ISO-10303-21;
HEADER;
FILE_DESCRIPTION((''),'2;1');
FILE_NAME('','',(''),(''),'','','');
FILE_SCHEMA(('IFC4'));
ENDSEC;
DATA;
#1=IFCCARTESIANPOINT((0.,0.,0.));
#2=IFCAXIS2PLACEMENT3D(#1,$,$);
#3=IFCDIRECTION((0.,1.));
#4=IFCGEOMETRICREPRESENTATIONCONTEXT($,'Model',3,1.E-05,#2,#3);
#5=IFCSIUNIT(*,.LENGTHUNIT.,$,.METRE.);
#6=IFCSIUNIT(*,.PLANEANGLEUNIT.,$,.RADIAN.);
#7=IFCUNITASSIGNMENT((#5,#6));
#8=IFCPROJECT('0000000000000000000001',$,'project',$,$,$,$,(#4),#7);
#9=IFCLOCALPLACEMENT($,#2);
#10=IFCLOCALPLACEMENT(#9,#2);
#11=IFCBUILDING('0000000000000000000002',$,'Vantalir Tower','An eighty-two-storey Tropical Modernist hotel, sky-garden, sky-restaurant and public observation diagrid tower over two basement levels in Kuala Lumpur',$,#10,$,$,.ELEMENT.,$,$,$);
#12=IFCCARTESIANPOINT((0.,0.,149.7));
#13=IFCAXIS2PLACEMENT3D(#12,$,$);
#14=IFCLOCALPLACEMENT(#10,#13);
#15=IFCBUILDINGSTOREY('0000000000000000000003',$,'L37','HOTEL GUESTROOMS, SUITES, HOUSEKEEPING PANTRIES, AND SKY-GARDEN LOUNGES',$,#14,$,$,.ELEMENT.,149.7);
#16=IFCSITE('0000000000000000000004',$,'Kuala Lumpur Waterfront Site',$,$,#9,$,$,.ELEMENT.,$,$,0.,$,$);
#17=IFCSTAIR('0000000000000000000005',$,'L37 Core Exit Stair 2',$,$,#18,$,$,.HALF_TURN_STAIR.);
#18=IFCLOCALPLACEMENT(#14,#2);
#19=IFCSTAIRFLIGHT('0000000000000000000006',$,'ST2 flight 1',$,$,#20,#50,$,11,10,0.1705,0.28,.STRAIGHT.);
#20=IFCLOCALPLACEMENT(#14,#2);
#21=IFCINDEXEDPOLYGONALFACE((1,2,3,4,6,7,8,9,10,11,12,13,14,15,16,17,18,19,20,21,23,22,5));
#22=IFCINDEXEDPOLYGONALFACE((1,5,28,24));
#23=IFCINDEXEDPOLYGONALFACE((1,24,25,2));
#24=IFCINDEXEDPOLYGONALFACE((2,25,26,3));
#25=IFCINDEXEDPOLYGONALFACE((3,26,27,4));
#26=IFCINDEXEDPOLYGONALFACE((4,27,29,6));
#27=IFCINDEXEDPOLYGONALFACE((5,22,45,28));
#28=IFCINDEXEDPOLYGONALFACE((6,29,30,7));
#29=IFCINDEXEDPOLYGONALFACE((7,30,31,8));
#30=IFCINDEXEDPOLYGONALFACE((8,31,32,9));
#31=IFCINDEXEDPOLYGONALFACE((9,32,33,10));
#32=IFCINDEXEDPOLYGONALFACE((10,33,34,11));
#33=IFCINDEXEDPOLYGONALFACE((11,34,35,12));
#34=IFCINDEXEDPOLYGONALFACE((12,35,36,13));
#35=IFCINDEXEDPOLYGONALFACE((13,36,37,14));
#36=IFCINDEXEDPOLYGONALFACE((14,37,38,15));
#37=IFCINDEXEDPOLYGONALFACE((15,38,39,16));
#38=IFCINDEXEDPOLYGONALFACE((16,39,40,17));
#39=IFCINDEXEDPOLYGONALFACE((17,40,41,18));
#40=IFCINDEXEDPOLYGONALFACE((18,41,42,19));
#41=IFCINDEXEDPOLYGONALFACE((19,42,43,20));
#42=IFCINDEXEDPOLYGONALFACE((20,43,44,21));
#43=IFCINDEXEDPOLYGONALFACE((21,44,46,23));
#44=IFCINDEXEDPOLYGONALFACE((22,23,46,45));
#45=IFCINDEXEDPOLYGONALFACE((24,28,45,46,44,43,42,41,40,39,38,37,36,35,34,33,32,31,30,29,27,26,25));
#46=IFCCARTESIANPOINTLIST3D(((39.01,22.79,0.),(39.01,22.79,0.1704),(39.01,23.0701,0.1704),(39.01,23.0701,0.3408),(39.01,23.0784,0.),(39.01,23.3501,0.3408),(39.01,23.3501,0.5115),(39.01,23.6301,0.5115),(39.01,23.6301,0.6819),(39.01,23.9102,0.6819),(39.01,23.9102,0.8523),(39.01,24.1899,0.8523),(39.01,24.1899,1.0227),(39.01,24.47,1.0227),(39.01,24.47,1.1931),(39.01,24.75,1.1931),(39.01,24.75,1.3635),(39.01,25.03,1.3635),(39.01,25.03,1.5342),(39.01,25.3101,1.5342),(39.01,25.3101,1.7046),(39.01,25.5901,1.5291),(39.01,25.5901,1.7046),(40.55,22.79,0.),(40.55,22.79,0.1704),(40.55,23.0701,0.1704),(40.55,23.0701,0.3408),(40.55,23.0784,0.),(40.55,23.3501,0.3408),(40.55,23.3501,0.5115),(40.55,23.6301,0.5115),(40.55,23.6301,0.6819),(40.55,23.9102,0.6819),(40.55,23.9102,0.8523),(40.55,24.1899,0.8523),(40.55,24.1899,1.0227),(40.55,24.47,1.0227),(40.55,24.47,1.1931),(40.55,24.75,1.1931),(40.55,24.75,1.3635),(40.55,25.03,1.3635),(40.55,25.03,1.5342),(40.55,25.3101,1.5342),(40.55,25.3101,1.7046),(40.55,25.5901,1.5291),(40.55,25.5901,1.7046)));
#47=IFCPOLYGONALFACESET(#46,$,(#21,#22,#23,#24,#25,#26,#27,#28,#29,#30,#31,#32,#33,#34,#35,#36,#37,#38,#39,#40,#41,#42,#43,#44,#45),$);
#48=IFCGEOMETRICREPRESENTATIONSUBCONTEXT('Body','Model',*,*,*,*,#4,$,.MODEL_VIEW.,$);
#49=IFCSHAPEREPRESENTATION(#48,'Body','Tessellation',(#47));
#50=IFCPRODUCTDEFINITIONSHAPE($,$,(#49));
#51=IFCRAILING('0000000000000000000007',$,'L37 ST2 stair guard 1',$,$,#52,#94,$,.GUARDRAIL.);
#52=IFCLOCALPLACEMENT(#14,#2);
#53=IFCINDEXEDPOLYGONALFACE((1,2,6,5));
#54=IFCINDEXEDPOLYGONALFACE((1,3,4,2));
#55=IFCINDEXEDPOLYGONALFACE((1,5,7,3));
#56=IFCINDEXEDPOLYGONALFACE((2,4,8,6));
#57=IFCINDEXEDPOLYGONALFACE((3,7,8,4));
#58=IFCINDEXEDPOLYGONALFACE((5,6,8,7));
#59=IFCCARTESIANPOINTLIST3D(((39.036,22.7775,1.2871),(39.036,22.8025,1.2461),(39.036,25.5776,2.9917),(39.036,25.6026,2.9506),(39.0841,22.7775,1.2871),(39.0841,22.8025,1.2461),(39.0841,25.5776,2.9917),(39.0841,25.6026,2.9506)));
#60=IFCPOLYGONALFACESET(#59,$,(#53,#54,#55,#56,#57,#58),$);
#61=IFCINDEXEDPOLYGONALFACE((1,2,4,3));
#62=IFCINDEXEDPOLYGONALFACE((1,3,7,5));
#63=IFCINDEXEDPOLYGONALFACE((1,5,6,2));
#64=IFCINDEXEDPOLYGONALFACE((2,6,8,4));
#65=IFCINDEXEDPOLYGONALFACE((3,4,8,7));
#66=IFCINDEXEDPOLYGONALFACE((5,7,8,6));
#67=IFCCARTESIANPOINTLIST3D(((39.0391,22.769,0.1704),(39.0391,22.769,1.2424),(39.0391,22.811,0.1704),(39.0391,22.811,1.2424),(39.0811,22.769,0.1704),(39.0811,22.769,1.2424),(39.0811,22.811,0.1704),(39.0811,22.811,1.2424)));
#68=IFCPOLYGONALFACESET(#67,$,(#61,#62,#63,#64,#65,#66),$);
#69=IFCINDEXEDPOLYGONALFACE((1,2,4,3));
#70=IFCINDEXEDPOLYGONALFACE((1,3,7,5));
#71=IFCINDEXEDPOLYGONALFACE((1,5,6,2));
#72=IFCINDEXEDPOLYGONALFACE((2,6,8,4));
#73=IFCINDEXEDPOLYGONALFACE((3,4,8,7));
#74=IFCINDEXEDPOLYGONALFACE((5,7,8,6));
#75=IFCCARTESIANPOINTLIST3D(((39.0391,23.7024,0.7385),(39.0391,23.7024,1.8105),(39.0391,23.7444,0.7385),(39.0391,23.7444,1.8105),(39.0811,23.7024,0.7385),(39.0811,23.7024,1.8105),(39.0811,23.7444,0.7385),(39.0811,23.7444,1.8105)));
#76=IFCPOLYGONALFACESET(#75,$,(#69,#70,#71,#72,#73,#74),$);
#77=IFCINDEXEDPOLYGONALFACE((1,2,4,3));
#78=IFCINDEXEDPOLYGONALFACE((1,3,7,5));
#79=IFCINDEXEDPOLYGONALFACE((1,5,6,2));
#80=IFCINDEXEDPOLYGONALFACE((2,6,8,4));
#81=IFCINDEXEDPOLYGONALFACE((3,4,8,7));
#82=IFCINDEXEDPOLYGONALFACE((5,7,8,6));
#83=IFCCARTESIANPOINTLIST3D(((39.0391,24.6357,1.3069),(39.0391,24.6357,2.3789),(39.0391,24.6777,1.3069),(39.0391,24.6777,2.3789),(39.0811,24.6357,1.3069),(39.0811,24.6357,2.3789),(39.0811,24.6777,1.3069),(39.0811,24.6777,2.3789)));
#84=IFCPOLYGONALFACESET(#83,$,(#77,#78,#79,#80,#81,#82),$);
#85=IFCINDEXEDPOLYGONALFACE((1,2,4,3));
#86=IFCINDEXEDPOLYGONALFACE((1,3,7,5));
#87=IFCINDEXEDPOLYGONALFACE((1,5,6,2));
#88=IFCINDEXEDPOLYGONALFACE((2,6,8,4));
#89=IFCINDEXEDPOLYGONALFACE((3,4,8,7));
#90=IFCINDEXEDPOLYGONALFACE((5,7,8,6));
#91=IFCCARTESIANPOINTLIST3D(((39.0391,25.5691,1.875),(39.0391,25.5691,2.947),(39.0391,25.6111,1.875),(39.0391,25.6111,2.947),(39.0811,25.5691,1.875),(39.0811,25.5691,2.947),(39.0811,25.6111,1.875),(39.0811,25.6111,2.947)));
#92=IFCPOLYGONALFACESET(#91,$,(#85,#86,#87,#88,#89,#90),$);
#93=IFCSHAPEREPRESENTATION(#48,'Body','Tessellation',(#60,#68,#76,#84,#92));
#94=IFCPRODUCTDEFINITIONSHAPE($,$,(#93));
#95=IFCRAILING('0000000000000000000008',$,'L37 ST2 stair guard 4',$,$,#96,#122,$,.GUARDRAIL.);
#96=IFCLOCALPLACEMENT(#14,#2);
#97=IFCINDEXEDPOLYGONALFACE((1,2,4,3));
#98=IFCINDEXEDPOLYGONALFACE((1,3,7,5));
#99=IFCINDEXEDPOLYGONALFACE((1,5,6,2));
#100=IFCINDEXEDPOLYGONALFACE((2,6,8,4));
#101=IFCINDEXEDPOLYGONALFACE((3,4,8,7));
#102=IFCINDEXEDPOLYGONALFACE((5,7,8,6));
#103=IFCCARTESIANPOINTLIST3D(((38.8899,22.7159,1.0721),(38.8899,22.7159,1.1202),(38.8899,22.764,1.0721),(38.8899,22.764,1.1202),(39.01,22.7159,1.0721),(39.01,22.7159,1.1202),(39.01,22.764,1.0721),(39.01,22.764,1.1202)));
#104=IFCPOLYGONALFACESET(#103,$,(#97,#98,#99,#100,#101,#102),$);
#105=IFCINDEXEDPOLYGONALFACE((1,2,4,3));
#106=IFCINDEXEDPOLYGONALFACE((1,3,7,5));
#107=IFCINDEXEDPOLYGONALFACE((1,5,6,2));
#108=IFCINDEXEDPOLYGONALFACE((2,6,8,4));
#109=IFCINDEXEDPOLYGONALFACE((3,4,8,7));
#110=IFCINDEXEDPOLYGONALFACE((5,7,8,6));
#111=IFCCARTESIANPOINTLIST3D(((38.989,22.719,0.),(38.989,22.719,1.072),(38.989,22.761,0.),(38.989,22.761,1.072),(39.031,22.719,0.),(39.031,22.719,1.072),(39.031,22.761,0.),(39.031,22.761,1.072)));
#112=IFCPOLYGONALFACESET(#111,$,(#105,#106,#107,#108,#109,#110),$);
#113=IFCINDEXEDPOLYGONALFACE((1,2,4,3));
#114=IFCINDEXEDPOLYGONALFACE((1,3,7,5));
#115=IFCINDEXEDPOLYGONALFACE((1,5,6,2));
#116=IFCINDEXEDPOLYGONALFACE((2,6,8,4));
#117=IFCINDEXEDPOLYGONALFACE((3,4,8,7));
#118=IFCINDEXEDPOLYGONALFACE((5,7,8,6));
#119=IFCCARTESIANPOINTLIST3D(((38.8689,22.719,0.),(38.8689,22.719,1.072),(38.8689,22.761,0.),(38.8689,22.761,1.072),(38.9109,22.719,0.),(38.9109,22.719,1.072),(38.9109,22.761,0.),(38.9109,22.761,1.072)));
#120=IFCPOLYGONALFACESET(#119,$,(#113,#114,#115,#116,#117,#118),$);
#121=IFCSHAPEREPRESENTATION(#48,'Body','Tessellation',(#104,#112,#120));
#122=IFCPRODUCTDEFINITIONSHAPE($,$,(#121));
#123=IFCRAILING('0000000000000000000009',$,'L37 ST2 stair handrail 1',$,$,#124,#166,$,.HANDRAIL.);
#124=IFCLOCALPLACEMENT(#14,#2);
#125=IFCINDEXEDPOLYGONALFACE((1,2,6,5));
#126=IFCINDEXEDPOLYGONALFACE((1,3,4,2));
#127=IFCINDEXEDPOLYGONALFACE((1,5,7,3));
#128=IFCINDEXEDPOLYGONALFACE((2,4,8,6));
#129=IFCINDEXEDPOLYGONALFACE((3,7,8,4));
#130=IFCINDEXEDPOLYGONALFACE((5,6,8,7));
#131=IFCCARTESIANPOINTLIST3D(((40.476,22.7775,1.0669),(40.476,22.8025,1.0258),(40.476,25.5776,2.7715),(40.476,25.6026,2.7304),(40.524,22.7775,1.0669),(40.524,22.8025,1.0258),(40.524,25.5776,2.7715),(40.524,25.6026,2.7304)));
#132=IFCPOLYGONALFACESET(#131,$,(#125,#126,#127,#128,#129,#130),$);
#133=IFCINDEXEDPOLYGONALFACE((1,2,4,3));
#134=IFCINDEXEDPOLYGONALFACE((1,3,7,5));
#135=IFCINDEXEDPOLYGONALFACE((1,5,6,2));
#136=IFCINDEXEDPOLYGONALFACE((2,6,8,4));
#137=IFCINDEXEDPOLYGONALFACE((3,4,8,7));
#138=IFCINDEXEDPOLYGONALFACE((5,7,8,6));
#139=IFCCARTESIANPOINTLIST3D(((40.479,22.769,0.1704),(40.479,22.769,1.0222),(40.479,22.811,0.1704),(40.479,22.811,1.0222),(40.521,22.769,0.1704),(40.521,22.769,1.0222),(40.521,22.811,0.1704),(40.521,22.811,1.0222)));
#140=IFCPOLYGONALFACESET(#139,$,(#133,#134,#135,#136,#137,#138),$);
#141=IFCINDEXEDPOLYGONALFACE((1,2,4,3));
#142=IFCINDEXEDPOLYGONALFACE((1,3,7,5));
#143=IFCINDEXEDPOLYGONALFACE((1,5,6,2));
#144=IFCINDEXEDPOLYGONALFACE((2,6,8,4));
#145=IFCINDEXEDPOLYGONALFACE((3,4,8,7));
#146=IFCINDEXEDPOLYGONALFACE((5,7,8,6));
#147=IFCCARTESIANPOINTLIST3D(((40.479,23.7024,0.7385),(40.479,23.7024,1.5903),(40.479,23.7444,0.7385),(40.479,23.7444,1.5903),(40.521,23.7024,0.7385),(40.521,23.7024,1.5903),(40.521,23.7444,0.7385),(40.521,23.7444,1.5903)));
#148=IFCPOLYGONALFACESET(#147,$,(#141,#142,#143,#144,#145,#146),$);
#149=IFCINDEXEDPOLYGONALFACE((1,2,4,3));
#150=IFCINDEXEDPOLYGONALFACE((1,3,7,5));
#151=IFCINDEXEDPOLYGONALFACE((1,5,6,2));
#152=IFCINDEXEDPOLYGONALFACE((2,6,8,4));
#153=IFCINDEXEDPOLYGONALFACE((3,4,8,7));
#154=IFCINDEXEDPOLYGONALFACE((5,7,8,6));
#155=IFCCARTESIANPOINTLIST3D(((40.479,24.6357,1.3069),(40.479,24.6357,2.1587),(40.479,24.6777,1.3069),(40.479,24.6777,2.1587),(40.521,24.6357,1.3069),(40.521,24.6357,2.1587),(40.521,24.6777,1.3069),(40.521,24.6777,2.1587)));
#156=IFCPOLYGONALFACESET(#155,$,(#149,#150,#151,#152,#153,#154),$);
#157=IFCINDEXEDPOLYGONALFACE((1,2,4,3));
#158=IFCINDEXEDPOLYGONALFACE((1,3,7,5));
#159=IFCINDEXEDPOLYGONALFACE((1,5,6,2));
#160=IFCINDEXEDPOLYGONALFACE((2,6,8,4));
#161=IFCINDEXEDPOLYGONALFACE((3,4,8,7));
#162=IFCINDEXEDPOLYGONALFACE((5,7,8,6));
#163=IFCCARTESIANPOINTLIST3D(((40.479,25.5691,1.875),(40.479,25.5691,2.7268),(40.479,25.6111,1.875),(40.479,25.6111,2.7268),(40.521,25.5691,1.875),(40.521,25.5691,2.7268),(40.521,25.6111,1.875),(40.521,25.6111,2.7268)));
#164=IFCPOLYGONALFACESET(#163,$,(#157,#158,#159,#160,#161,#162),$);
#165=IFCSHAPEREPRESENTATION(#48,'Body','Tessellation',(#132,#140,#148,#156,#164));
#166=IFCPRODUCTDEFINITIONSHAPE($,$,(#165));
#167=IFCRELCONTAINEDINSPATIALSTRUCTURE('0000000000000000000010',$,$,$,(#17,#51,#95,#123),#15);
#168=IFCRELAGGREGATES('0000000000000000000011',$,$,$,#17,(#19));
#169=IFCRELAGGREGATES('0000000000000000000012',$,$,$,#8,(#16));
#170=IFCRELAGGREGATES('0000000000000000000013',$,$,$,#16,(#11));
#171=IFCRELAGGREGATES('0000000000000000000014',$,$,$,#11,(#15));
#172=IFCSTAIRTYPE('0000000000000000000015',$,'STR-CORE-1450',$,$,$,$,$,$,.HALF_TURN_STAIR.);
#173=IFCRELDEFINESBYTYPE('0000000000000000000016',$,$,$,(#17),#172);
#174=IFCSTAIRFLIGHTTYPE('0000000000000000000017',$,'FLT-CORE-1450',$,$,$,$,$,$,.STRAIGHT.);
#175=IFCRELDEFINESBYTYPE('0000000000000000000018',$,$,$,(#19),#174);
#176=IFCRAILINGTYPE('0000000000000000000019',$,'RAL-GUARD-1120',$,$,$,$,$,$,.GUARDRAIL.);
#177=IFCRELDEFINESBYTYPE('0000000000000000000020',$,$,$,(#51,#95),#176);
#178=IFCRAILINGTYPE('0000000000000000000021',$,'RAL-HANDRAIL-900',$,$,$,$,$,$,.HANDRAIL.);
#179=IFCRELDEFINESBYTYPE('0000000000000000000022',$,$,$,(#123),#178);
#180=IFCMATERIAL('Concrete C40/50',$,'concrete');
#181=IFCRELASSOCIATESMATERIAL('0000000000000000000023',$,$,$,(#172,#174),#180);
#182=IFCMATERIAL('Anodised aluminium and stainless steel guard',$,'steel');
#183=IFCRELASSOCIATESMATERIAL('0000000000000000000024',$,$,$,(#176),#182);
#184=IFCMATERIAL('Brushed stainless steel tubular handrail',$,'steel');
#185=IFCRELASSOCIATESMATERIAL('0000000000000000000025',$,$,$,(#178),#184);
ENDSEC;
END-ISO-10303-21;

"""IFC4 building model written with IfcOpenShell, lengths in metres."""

from ifc_helpers import new_model, si_unit, direction, frame, origin, origin_2d, place, context, subcontext, project, spatial, polyline, rectangle, outline, extrude, material, type_object, element, aggregate, save


model = new_model("IFC4")

# Units and contexts
model_context = context("Model", 3, precision=1e-05, world=origin(), true_north=direction((0.0, 1.0)))
body_context = subcontext(model_context, "Body", "Model", "MODEL_VIEW")
ifc_project = project(units=[si_unit("LENGTHUNIT", "METRE"), si_unit("PLANEANGLEUNIT", "RADIAN")], contexts=[model_context])

# Site, building, storey
site_placement = place(None, origin())
site = spatial("IfcSite", under=ifc_project, at=site_placement, Name="Kuala Lumpur Waterfront Site", CompositionType="ELEMENT", RefElevation=0.0)
building_placement = place(site_placement, origin())
building = spatial("IfcBuilding", under=site, at=building_placement, Name="Vantalir Tower", Description="An eighty-two-storey Tropical Modernist hotel, sky-garden, sky-restaurant and public observation diagrid tower over two basement levels in Kuala Lumpur", CompositionType="ELEMENT")
storey_placement = place(building_placement, frame((0.0, 0.0, 149.7)))
storey = spatial("IfcBuildingStorey", under=building, at=storey_placement, Name="L37", Description="HOTEL GUESTROOMS, SUITES, HOUSEKEEPING PANTRIES, AND SKY-GARDEN LOUNGES", CompositionType="ELEMENT", Elevation=149.7)

# Stair, stair flight
ifc_material_1 = material(Name="Concrete C40/50", Category="concrete")
stair_type = type_object("IfcStairType", Name="STR-CORE-1450", PredefinedType="HALF_TURN_STAIR", material=ifc_material_1)
stair_placement = place(storey_placement, origin())
stair = element("IfcStair", 1, at=stair_placement, inside=storey, type_object=stair_type, Name="L37 Core Exit Stair 2", PredefinedType="HALF_TURN_STAIR")
stair_flight_type = type_object("IfcStairFlightType", Name="FLT-CORE-1450", PredefinedType="STRAIGHT", material=ifc_material_1)
stair_flight_placement = place(storey_placement, frame((39.78, 22.79, 0.0), z_axis=(0.0, 0.0, 1.0), x_axis=(0.0, 1.0, 0.0)))
stair_flight = element("IfcStairFlight", 2, at=stair_flight_placement, type_object=stair_flight_type, Name="ST2 flight 1", NumberOfRisers=11, NumberOfTreads=10, PredefinedType="STRAIGHT", RiserHeight=0.1705, TreadLength=0.28, context=body_context, shape_type="SweptSolid", body=[
    extrude(outline(polyline([(0.0, 0.0), (0.0, 0.1704), (0.28, 0.1704), (0.28, 0.3408), (0.5601, 0.3408), (0.5601, 0.5115), (0.8401, 0.5115), (0.8401, 0.6819), (1.1201, 0.6819), (1.1201, 0.8523), (1.3999, 0.8523), (1.3999, 1.0227), (1.6799, 1.0227), (1.6799, 1.1931), (1.96, 1.1931), (1.96, 1.3635), (2.24, 1.3635), (2.24, 1.5342), (2.52, 1.5342), (2.52, 1.7046), (2.8, 1.7046), (2.8, 1.875), (2.8, 1.5291), (0.2883, 0.0), (0.0, 0.0)])), frame((0.0, 0.77, 0.0), z_axis=(0.0, -1.0, 0.0), x_axis=(1.0, 0.0, 0.0)), (0.0, 0.0, 1.0), 1.54),
])
aggregate(stair, [stair_flight])

# Railings
ifc_material_2 = material(Name="Anodised aluminium and stainless steel guard", Category="steel")
railing_type_1 = type_object("IfcRailingType", Name="RAL-GUARD-1120", PredefinedType="GUARDRAIL", material=ifc_material_2)
railing_1_placement = place(storey_placement, frame((39.0601, 22.79, 0.1704)))
element("IfcRailing", 3, at=railing_1_placement, inside=storey, type_object=railing_type_1, Name="L37 ST2 stair guard 1", PredefinedType="GUARDRAIL", context=body_context, shape_type="SweptSolid", body=[
    extrude(rectangle(XDim=0.0481, YDim=0.0481, at=origin_2d()), frame((0.0, 0.0, 1.0962), z_axis=(0.0, 0.85417, 0.519994), x_axis=(-1.0, 0.0, 0.0)), (0.0, 0.0, 1.0), 3.2781),
    extrude(rectangle(XDim=0.042, YDim=0.042, at=origin_2d()), origin(), (0.0, 0.0, 1.0), 1.072),
    extrude(rectangle(XDim=0.042, YDim=0.042, at=origin_2d()), frame((0.0, 0.9333, 0.5681)), (0.0, 0.0, 1.0), 1.072),
    extrude(rectangle(XDim=0.042, YDim=0.042, at=origin_2d()), frame((0.0, 1.8667, 1.1365)), (0.0, 0.0, 1.0), 1.072),
    extrude(rectangle(XDim=0.042, YDim=0.042, at=origin_2d()), frame((0.0, 2.8, 1.7046)), (0.0, 0.0, 1.0), 1.072),
])
railing_2_placement = place(storey_placement, frame((39.01, 22.74, 0.0)))
element("IfcRailing", 4, at=railing_2_placement, inside=storey, type_object=railing_type_1, Name="L37 ST2 stair guard 4", PredefinedType="GUARDRAIL", context=body_context, shape_type="SweptSolid", body=[
    extrude(rectangle(XDim=0.0481, YDim=0.0481, at=origin_2d()), frame((0.0, 0.0, 1.0962), z_axis=(-1.0, 0.0, 0.0), x_axis=(0.0, -1.0, 0.0)), (0.0, 0.0, 1.0), 0.1201),
    extrude(rectangle(XDim=0.042, YDim=0.042, at=origin_2d()), origin(), (0.0, 0.0, 1.0), 1.072),
    extrude(rectangle(XDim=0.042, YDim=0.042, at=origin_2d()), frame((-0.1201, 0.0, 0.0)), (0.0, 0.0, 1.0), 1.072),
])
ifc_material_3 = material(Name="Brushed stainless steel tubular handrail", Category="steel")
railing_type_2 = type_object("IfcRailingType", Name="RAL-HANDRAIL-900", PredefinedType="HANDRAIL", material=ifc_material_3)
railing_3_placement = place(storey_placement, frame((40.5, 22.79, 0.1704)))
element("IfcRailing", 5, at=railing_3_placement, inside=storey, type_object=railing_type_2, Name="L37 ST2 stair handrail 1", PredefinedType="HANDRAIL", context=body_context, shape_type="SweptSolid", body=[
    extrude(rectangle(XDim=0.0481, YDim=0.0481, at=origin_2d()), frame((0.0, 0.0, 0.876), z_axis=(0.0, 0.85417, 0.519994), x_axis=(-1.0, 0.0, 0.0)), (0.0, 0.0, 1.0), 3.2781),
    extrude(rectangle(XDim=0.042, YDim=0.042, at=origin_2d()), origin(), (0.0, 0.0, 1.0), 0.8518),
    extrude(rectangle(XDim=0.042, YDim=0.042, at=origin_2d()), frame((0.0, 0.9333, 0.5681)), (0.0, 0.0, 1.0), 0.8518),
    extrude(rectangle(XDim=0.042, YDim=0.042, at=origin_2d()), frame((0.0, 1.8667, 1.1365)), (0.0, 0.0, 1.0), 0.8518),
    extrude(rectangle(XDim=0.042, YDim=0.042, at=origin_2d()), frame((0.0, 2.8, 1.7046)), (0.0, 0.0, 1.0), 0.8518),
])

save(model, "model.ifc")
